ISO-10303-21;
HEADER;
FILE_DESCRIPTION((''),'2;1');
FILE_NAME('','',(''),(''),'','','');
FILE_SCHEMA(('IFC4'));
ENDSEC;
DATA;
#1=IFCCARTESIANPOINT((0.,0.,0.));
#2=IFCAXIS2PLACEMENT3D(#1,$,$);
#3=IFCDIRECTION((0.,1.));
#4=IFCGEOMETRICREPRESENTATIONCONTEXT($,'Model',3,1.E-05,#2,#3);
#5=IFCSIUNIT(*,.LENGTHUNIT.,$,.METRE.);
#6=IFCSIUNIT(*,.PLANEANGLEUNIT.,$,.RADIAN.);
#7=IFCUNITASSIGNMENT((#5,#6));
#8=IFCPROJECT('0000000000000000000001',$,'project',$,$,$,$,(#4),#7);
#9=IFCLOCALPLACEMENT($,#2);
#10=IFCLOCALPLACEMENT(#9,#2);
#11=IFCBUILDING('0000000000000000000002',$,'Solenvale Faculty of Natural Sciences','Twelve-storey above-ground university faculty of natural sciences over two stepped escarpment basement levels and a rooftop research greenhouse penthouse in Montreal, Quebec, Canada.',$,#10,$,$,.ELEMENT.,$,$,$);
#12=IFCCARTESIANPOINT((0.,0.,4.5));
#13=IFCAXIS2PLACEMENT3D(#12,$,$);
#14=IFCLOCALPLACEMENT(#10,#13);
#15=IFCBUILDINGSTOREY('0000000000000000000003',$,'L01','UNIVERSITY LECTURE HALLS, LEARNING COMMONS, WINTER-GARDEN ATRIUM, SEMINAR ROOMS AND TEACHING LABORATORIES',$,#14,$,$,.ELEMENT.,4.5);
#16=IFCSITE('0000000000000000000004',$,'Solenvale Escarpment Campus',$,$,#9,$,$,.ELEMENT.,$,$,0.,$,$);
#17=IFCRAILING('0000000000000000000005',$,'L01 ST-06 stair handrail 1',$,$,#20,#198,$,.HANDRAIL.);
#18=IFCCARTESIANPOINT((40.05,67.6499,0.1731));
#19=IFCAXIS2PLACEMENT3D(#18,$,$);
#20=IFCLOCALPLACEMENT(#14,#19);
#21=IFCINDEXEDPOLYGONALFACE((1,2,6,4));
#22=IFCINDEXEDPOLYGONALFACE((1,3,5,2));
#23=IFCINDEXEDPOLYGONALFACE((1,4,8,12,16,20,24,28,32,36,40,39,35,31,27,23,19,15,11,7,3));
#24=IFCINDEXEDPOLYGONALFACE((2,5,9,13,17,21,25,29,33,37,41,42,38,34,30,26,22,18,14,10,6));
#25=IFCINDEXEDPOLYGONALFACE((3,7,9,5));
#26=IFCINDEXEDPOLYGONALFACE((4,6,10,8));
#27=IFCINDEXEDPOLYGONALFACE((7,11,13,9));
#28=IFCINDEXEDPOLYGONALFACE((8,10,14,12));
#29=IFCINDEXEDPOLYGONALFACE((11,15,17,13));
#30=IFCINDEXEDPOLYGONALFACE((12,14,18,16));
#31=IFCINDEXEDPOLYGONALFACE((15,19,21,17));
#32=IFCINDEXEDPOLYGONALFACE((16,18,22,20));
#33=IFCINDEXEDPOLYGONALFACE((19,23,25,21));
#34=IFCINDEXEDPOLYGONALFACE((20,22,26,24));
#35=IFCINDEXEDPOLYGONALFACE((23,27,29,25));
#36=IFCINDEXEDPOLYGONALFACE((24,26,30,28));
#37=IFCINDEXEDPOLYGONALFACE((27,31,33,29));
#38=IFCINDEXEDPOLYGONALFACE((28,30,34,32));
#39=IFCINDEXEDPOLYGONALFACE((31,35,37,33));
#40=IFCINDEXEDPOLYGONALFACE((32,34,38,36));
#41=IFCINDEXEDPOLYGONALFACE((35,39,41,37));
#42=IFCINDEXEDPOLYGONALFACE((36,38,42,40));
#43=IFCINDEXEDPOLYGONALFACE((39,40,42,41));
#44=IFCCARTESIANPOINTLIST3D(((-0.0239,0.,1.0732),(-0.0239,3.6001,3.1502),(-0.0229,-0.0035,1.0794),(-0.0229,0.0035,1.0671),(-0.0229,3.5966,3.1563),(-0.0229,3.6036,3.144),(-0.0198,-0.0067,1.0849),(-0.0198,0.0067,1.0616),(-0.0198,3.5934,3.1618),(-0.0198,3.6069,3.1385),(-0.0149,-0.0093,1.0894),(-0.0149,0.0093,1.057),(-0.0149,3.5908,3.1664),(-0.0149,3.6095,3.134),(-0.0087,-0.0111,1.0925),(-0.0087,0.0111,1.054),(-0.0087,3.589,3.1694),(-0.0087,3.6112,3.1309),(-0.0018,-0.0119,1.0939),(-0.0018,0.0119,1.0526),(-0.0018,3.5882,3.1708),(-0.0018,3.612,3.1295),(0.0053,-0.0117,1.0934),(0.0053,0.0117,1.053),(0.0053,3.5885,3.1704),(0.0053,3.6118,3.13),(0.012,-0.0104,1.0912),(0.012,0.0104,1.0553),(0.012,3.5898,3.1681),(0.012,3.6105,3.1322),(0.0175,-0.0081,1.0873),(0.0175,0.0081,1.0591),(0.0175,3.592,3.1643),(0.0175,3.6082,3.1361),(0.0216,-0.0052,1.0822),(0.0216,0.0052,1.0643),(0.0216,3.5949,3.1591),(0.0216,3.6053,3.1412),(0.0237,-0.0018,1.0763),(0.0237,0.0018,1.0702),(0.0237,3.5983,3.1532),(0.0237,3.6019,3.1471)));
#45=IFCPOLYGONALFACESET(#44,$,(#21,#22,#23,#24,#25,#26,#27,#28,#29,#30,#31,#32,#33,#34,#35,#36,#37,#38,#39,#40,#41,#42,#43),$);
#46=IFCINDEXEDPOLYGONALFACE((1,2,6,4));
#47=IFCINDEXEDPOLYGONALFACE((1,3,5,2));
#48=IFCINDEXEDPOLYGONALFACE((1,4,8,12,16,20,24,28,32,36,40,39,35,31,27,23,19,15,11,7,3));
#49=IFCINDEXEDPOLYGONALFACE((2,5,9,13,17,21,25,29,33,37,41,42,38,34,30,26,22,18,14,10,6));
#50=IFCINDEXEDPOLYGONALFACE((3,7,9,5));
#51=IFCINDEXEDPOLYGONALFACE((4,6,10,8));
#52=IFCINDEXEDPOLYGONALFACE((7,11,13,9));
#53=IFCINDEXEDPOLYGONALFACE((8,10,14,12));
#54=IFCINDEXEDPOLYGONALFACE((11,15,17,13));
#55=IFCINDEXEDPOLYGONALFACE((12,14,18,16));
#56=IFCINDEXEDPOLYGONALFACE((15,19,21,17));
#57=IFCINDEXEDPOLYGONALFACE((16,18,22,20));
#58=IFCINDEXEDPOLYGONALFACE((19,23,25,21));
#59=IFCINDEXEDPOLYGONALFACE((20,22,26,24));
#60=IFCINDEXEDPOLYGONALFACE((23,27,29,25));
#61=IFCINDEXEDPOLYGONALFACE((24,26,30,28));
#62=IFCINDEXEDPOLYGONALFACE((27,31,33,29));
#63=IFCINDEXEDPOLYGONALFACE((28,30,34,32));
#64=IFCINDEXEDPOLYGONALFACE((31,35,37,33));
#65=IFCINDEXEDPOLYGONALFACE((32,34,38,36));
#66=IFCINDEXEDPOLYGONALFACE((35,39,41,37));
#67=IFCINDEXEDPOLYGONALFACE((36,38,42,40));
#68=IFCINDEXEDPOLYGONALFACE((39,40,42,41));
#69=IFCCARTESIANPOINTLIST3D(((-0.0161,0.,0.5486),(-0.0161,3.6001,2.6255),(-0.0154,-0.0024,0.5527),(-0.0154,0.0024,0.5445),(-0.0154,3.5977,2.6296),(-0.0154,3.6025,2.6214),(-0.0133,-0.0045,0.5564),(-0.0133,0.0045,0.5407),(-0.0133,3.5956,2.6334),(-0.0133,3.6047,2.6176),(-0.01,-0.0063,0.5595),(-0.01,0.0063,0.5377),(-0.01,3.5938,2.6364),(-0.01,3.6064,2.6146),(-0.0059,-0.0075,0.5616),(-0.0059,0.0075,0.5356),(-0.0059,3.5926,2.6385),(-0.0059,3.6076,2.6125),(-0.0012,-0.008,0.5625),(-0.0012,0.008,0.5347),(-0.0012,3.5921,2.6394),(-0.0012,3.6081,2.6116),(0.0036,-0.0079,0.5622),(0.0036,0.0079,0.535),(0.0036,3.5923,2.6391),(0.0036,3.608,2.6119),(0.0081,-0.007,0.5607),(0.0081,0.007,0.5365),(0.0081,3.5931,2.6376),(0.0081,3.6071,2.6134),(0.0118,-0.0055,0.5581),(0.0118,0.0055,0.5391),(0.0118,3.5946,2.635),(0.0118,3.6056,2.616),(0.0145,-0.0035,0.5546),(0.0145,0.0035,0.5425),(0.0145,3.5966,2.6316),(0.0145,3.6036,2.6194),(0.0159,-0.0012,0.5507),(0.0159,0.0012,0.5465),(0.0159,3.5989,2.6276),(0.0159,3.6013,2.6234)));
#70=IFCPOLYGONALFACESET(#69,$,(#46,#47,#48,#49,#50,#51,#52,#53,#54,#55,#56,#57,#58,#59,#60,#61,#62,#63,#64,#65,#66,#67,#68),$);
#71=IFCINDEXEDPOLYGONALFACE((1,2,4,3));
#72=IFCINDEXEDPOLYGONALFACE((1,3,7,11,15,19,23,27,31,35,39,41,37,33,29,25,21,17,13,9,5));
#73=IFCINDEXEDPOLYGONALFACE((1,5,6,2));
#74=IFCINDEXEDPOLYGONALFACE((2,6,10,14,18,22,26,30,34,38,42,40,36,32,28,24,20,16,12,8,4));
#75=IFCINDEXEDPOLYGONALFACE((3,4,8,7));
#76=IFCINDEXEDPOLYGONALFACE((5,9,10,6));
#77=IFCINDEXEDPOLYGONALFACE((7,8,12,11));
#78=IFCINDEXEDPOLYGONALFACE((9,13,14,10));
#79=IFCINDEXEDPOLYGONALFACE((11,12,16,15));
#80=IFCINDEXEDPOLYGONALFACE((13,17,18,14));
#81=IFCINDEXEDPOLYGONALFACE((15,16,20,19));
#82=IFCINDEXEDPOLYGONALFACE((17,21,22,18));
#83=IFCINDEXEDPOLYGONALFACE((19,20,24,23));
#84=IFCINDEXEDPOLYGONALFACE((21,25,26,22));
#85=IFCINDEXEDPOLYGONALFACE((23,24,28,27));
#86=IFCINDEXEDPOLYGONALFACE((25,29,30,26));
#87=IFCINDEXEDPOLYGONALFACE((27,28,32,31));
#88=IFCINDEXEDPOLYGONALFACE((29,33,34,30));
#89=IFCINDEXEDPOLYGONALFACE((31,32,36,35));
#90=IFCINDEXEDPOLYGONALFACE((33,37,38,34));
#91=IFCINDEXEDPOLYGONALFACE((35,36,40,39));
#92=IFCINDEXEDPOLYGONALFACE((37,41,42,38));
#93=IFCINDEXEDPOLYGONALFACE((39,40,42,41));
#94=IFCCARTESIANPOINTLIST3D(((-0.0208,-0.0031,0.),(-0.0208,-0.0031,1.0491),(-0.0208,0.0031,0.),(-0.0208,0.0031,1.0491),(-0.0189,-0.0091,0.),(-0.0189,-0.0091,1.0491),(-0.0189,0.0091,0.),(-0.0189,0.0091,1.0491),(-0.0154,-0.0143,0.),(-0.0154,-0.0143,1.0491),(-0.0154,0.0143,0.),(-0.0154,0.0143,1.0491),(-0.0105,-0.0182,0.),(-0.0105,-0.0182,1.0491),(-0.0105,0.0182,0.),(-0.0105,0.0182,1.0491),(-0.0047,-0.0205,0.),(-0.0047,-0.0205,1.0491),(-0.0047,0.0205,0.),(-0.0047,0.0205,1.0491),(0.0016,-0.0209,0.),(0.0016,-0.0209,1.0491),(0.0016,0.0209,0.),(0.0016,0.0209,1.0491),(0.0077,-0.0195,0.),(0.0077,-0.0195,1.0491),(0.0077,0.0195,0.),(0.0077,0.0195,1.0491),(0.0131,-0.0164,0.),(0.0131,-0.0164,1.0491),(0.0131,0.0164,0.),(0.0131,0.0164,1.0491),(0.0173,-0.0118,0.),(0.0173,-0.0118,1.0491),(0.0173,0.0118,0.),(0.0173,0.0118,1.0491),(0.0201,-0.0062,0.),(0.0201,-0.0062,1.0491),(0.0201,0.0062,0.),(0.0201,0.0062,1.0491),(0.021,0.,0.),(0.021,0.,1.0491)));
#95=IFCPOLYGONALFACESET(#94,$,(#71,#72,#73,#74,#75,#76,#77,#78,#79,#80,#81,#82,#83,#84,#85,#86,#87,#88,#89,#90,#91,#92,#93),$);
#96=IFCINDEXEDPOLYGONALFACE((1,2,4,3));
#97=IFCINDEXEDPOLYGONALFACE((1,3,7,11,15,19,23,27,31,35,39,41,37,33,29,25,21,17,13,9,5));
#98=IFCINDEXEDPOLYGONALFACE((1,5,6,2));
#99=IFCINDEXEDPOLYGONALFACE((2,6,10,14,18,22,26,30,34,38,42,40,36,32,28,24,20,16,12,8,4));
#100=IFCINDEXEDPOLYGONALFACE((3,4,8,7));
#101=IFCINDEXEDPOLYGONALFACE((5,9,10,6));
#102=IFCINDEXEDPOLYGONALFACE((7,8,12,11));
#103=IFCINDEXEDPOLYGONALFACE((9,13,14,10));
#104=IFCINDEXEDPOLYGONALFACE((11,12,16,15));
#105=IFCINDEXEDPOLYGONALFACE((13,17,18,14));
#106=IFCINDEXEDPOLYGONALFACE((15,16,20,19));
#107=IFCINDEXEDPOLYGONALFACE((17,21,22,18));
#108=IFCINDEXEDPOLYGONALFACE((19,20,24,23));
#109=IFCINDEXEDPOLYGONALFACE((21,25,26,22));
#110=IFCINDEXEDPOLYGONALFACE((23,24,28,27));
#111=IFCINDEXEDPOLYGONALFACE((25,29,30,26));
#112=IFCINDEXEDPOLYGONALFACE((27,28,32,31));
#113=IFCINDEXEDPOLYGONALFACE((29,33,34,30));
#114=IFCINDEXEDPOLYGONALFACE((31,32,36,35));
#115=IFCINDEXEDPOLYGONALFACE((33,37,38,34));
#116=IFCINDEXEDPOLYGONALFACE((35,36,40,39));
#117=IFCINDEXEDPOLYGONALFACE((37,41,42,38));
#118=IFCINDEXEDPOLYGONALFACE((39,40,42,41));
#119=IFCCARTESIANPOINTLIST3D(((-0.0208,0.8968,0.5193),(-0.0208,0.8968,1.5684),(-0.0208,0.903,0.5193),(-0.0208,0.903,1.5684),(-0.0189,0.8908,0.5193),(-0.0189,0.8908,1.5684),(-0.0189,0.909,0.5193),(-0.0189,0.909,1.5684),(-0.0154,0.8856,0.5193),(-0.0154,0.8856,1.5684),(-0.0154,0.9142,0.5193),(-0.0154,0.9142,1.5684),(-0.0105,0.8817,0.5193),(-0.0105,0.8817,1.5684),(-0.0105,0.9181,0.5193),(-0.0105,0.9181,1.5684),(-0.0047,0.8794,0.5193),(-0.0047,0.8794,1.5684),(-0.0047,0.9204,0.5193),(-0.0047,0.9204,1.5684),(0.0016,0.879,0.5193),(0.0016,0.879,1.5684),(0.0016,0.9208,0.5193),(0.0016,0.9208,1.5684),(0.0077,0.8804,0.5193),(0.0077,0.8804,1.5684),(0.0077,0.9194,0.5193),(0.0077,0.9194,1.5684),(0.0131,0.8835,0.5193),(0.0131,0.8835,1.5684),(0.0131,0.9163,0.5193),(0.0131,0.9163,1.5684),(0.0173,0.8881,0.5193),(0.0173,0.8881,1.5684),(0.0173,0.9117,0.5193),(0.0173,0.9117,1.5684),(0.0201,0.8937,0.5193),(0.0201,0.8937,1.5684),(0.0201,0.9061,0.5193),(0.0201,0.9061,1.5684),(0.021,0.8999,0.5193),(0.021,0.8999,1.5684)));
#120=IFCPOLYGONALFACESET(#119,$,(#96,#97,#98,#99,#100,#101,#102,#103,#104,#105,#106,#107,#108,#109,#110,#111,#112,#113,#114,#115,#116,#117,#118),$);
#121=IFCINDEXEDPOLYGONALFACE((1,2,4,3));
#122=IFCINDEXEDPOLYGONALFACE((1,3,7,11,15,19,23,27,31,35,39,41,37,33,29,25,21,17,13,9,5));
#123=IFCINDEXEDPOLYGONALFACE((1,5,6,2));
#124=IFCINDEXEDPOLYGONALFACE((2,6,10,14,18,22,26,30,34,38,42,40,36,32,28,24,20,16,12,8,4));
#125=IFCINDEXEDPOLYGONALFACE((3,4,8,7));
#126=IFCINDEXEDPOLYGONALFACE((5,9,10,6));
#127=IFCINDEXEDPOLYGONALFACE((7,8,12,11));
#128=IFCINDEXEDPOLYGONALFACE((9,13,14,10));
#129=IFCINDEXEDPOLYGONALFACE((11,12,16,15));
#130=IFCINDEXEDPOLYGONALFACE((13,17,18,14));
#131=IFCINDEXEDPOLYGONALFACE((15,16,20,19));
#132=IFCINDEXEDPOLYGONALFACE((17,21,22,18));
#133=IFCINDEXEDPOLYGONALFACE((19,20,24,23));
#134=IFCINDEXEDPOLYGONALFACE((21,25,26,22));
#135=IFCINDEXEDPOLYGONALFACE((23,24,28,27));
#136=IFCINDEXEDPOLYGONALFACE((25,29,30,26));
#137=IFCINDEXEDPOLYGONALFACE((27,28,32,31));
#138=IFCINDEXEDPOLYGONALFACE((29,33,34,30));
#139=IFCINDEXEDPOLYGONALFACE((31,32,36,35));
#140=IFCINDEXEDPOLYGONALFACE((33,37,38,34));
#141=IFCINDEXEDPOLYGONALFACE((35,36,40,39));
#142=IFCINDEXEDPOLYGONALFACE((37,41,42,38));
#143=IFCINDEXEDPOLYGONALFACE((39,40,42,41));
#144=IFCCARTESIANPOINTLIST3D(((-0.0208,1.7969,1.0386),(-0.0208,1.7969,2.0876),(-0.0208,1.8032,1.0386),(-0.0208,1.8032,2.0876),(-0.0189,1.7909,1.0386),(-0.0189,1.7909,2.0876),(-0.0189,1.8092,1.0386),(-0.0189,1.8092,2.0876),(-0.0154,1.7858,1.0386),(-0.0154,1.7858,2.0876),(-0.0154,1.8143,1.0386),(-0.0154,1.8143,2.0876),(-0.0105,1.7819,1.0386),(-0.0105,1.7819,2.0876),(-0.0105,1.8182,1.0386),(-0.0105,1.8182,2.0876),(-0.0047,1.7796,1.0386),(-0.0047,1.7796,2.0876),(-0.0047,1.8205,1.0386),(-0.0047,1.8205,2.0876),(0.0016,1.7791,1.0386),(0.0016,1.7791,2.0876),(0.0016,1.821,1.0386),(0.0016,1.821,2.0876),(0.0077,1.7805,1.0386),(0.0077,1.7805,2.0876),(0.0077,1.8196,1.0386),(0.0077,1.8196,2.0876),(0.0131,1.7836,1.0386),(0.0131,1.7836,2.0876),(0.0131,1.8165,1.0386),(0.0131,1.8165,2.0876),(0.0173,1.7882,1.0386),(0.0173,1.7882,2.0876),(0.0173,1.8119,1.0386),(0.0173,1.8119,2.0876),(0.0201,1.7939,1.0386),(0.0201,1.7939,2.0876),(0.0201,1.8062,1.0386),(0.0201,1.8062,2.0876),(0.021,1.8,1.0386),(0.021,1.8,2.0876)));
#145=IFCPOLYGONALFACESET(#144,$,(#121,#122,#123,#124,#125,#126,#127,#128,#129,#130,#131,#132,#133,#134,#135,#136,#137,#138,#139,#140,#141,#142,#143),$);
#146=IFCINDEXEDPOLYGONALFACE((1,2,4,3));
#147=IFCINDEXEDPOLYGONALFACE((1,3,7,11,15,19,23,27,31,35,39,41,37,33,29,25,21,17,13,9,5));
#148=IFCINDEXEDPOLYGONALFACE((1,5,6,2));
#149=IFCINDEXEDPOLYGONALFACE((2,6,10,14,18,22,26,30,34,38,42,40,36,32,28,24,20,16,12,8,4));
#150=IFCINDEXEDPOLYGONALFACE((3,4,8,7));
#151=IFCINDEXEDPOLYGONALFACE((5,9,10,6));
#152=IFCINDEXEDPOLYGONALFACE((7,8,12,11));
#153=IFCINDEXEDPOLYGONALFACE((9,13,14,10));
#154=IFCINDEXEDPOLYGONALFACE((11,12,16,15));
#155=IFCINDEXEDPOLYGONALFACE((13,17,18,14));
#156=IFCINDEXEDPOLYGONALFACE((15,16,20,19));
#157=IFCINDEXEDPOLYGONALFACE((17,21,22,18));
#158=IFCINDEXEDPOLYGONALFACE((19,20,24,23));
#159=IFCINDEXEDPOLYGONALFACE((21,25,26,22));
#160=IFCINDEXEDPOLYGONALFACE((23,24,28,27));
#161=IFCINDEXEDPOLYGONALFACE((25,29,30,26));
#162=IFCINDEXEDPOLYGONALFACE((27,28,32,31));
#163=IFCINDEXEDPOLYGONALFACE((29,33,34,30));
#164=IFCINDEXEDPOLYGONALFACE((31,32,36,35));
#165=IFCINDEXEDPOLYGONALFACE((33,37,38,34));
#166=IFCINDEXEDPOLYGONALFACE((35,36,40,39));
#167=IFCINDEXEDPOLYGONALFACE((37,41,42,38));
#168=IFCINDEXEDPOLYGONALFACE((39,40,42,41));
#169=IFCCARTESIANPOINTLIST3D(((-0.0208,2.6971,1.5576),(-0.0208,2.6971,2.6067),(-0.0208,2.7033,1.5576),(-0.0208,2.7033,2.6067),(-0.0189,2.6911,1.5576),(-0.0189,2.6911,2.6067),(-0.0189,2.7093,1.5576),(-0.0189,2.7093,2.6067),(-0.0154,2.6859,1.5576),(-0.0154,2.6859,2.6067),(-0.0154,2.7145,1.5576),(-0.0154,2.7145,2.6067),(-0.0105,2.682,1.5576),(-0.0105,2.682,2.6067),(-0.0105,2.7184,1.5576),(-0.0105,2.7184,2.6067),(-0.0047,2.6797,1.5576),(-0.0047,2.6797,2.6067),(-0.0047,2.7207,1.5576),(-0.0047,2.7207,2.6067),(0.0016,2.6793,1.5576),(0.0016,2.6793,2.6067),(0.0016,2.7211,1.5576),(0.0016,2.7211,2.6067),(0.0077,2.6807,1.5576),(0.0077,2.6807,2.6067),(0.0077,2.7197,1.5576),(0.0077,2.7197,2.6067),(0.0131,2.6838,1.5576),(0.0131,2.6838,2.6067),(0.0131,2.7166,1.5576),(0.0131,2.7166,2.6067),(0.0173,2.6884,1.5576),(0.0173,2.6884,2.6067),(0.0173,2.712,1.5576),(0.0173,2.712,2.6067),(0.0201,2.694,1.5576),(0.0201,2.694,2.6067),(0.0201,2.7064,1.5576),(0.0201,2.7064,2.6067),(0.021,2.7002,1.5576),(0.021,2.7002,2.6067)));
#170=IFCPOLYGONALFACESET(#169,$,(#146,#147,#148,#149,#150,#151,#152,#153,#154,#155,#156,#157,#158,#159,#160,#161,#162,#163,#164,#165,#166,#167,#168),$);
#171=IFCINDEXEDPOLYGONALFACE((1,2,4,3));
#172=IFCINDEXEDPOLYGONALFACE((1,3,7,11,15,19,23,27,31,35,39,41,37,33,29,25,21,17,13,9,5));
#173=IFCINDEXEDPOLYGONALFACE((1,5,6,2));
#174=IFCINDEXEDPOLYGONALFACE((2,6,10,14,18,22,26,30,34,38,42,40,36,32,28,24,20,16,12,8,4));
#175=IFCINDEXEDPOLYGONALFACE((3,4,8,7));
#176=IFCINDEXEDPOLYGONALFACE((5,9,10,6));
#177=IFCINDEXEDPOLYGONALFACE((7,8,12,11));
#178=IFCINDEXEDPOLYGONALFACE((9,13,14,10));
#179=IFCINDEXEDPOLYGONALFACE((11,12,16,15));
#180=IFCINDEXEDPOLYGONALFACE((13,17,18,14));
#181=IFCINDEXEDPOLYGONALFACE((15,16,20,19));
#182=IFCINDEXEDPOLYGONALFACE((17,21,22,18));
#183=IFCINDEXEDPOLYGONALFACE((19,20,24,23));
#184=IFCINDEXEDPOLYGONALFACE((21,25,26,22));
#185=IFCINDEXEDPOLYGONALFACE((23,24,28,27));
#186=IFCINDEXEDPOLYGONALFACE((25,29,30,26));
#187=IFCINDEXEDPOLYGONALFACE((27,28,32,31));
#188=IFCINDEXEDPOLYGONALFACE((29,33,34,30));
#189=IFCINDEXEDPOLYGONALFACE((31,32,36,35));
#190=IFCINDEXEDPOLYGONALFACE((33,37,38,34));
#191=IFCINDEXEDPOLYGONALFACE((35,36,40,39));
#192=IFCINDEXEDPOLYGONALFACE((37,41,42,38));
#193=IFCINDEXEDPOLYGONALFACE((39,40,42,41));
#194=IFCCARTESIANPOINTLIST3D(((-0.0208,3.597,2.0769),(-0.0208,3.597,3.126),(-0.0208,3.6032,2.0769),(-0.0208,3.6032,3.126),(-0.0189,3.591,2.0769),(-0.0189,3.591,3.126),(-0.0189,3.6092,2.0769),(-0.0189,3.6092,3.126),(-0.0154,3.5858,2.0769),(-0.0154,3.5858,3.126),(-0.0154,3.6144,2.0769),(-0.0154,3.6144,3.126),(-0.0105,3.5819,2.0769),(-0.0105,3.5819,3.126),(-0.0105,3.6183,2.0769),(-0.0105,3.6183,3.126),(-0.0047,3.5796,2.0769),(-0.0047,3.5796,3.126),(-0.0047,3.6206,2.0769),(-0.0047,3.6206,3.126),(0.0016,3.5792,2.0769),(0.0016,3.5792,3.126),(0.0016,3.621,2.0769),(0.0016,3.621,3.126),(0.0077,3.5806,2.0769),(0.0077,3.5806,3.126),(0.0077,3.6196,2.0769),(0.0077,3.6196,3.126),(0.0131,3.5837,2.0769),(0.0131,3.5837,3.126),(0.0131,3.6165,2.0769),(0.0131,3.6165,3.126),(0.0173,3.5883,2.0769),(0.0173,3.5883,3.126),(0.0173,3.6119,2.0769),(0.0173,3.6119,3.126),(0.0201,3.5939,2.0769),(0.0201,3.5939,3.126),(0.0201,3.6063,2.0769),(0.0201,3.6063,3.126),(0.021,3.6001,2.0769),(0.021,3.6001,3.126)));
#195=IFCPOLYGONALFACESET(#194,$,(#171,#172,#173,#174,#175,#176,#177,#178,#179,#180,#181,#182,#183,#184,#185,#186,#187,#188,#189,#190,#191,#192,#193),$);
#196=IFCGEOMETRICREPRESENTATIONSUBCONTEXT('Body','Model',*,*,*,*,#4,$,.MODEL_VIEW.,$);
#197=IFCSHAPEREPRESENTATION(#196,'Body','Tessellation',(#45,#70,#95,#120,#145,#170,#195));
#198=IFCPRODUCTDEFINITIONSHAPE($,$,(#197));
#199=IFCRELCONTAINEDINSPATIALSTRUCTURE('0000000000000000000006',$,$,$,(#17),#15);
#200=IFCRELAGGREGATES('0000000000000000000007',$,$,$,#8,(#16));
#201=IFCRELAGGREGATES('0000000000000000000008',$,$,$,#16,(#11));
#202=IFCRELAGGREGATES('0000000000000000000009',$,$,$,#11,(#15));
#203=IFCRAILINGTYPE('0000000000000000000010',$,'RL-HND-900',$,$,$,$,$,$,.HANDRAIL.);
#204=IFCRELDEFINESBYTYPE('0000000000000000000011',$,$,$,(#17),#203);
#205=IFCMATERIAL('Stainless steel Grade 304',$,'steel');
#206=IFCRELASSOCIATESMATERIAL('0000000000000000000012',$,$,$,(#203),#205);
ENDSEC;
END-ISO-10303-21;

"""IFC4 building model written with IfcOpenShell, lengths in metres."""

from ifc_helpers import new_model, si_unit, direction, frame, origin, origin_2d, place, context, subcontext, project, spatial, circle, extrude, material, type_object, element, save


model = new_model("IFC4")

# Units and contexts
model_context = context("Model", 3, precision=1e-05, world=origin(), true_north=direction((0.0, 1.0)))
body_context = subcontext(model_context, "Body", "Model", "MODEL_VIEW")
ifc_project = project(units=[si_unit("LENGTHUNIT", "METRE"), si_unit("PLANEANGLEUNIT", "RADIAN")], contexts=[model_context])

# Site, building, storey
site_placement = place(None, origin())
site = spatial("IfcSite", under=ifc_project, at=site_placement, Name="Solenvale Escarpment Campus", CompositionType="ELEMENT", RefElevation=0.0)
building_placement = place(site_placement, origin())
building = spatial("IfcBuilding", under=site, at=building_placement, Name="Solenvale Faculty of Natural Sciences", Description="Twelve-storey above-ground university faculty of natural sciences over two stepped escarpment basement levels and a rooftop research greenhouse penthouse in Montreal, Quebec, Canada.", CompositionType="ELEMENT")
storey_placement = place(building_placement, frame((0.0, 0.0, 4.5)))
storey = spatial("IfcBuildingStorey", under=building, at=storey_placement, Name="L01", Description="UNIVERSITY LECTURE HALLS, LEARNING COMMONS, WINTER-GARDEN ATRIUM, SEMINAR ROOMS AND TEACHING LABORATORIES", CompositionType="ELEMENT", Elevation=4.5)

# Railing
ifc_material_1 = material(Name="Stainless steel Grade 304", Category="steel")
railing_type_1 = type_object("IfcRailingType", Name="RL-HND-900", PredefinedType="HANDRAIL", material=ifc_material_1)
railing_1_placement = place(storey_placement, frame((40.05, 67.6499, 0.1731)))
element("IfcRailing", 1, at=railing_1_placement, inside=storey, type_object=railing_type_1, Name="L01 ST-06 stair handrail 1", PredefinedType="HANDRAIL", context=body_context, shape_type="SweptSolid", body=[
    extrude(circle(Radius=0.0239, at=origin_2d()), frame((0.0, 0.0, 1.0732), z_axis=(0.0, 0.866193, 0.499709), x_axis=(-1.0, 0.0, 0.0)), (0.0, 0.0, 1.0), 4.1562),
    extrude(circle(Radius=0.0161, at=origin_2d()), frame((0.0, 0.0, 0.5486), z_axis=(0.0, 0.866193, 0.499709), x_axis=(-1.0, 0.0, 0.0)), (0.0, 0.0, 1.0), 4.1562),
    extrude(circle(Radius=0.021, at=origin_2d()), origin(), (0.0, 0.0, 1.0), 1.0491),
    extrude(circle(Radius=0.021, at=origin_2d()), frame((0.0, 0.8999, 0.5193)), (0.0, 0.0, 1.0), 1.0491),
    extrude(circle(Radius=0.021, at=origin_2d()), frame((0.0, 1.8, 1.0386)), (0.0, 0.0, 1.0), 1.0491),
    extrude(circle(Radius=0.021, at=origin_2d()), frame((0.0, 2.7002, 1.5576)), (0.0, 0.0, 1.0), 1.0491),
    extrude(circle(Radius=0.021, at=origin_2d()), frame((0.0, 3.6001, 2.0769)), (0.0, 0.0, 1.0), 1.0491),
])

save(model, "model.ifc")
